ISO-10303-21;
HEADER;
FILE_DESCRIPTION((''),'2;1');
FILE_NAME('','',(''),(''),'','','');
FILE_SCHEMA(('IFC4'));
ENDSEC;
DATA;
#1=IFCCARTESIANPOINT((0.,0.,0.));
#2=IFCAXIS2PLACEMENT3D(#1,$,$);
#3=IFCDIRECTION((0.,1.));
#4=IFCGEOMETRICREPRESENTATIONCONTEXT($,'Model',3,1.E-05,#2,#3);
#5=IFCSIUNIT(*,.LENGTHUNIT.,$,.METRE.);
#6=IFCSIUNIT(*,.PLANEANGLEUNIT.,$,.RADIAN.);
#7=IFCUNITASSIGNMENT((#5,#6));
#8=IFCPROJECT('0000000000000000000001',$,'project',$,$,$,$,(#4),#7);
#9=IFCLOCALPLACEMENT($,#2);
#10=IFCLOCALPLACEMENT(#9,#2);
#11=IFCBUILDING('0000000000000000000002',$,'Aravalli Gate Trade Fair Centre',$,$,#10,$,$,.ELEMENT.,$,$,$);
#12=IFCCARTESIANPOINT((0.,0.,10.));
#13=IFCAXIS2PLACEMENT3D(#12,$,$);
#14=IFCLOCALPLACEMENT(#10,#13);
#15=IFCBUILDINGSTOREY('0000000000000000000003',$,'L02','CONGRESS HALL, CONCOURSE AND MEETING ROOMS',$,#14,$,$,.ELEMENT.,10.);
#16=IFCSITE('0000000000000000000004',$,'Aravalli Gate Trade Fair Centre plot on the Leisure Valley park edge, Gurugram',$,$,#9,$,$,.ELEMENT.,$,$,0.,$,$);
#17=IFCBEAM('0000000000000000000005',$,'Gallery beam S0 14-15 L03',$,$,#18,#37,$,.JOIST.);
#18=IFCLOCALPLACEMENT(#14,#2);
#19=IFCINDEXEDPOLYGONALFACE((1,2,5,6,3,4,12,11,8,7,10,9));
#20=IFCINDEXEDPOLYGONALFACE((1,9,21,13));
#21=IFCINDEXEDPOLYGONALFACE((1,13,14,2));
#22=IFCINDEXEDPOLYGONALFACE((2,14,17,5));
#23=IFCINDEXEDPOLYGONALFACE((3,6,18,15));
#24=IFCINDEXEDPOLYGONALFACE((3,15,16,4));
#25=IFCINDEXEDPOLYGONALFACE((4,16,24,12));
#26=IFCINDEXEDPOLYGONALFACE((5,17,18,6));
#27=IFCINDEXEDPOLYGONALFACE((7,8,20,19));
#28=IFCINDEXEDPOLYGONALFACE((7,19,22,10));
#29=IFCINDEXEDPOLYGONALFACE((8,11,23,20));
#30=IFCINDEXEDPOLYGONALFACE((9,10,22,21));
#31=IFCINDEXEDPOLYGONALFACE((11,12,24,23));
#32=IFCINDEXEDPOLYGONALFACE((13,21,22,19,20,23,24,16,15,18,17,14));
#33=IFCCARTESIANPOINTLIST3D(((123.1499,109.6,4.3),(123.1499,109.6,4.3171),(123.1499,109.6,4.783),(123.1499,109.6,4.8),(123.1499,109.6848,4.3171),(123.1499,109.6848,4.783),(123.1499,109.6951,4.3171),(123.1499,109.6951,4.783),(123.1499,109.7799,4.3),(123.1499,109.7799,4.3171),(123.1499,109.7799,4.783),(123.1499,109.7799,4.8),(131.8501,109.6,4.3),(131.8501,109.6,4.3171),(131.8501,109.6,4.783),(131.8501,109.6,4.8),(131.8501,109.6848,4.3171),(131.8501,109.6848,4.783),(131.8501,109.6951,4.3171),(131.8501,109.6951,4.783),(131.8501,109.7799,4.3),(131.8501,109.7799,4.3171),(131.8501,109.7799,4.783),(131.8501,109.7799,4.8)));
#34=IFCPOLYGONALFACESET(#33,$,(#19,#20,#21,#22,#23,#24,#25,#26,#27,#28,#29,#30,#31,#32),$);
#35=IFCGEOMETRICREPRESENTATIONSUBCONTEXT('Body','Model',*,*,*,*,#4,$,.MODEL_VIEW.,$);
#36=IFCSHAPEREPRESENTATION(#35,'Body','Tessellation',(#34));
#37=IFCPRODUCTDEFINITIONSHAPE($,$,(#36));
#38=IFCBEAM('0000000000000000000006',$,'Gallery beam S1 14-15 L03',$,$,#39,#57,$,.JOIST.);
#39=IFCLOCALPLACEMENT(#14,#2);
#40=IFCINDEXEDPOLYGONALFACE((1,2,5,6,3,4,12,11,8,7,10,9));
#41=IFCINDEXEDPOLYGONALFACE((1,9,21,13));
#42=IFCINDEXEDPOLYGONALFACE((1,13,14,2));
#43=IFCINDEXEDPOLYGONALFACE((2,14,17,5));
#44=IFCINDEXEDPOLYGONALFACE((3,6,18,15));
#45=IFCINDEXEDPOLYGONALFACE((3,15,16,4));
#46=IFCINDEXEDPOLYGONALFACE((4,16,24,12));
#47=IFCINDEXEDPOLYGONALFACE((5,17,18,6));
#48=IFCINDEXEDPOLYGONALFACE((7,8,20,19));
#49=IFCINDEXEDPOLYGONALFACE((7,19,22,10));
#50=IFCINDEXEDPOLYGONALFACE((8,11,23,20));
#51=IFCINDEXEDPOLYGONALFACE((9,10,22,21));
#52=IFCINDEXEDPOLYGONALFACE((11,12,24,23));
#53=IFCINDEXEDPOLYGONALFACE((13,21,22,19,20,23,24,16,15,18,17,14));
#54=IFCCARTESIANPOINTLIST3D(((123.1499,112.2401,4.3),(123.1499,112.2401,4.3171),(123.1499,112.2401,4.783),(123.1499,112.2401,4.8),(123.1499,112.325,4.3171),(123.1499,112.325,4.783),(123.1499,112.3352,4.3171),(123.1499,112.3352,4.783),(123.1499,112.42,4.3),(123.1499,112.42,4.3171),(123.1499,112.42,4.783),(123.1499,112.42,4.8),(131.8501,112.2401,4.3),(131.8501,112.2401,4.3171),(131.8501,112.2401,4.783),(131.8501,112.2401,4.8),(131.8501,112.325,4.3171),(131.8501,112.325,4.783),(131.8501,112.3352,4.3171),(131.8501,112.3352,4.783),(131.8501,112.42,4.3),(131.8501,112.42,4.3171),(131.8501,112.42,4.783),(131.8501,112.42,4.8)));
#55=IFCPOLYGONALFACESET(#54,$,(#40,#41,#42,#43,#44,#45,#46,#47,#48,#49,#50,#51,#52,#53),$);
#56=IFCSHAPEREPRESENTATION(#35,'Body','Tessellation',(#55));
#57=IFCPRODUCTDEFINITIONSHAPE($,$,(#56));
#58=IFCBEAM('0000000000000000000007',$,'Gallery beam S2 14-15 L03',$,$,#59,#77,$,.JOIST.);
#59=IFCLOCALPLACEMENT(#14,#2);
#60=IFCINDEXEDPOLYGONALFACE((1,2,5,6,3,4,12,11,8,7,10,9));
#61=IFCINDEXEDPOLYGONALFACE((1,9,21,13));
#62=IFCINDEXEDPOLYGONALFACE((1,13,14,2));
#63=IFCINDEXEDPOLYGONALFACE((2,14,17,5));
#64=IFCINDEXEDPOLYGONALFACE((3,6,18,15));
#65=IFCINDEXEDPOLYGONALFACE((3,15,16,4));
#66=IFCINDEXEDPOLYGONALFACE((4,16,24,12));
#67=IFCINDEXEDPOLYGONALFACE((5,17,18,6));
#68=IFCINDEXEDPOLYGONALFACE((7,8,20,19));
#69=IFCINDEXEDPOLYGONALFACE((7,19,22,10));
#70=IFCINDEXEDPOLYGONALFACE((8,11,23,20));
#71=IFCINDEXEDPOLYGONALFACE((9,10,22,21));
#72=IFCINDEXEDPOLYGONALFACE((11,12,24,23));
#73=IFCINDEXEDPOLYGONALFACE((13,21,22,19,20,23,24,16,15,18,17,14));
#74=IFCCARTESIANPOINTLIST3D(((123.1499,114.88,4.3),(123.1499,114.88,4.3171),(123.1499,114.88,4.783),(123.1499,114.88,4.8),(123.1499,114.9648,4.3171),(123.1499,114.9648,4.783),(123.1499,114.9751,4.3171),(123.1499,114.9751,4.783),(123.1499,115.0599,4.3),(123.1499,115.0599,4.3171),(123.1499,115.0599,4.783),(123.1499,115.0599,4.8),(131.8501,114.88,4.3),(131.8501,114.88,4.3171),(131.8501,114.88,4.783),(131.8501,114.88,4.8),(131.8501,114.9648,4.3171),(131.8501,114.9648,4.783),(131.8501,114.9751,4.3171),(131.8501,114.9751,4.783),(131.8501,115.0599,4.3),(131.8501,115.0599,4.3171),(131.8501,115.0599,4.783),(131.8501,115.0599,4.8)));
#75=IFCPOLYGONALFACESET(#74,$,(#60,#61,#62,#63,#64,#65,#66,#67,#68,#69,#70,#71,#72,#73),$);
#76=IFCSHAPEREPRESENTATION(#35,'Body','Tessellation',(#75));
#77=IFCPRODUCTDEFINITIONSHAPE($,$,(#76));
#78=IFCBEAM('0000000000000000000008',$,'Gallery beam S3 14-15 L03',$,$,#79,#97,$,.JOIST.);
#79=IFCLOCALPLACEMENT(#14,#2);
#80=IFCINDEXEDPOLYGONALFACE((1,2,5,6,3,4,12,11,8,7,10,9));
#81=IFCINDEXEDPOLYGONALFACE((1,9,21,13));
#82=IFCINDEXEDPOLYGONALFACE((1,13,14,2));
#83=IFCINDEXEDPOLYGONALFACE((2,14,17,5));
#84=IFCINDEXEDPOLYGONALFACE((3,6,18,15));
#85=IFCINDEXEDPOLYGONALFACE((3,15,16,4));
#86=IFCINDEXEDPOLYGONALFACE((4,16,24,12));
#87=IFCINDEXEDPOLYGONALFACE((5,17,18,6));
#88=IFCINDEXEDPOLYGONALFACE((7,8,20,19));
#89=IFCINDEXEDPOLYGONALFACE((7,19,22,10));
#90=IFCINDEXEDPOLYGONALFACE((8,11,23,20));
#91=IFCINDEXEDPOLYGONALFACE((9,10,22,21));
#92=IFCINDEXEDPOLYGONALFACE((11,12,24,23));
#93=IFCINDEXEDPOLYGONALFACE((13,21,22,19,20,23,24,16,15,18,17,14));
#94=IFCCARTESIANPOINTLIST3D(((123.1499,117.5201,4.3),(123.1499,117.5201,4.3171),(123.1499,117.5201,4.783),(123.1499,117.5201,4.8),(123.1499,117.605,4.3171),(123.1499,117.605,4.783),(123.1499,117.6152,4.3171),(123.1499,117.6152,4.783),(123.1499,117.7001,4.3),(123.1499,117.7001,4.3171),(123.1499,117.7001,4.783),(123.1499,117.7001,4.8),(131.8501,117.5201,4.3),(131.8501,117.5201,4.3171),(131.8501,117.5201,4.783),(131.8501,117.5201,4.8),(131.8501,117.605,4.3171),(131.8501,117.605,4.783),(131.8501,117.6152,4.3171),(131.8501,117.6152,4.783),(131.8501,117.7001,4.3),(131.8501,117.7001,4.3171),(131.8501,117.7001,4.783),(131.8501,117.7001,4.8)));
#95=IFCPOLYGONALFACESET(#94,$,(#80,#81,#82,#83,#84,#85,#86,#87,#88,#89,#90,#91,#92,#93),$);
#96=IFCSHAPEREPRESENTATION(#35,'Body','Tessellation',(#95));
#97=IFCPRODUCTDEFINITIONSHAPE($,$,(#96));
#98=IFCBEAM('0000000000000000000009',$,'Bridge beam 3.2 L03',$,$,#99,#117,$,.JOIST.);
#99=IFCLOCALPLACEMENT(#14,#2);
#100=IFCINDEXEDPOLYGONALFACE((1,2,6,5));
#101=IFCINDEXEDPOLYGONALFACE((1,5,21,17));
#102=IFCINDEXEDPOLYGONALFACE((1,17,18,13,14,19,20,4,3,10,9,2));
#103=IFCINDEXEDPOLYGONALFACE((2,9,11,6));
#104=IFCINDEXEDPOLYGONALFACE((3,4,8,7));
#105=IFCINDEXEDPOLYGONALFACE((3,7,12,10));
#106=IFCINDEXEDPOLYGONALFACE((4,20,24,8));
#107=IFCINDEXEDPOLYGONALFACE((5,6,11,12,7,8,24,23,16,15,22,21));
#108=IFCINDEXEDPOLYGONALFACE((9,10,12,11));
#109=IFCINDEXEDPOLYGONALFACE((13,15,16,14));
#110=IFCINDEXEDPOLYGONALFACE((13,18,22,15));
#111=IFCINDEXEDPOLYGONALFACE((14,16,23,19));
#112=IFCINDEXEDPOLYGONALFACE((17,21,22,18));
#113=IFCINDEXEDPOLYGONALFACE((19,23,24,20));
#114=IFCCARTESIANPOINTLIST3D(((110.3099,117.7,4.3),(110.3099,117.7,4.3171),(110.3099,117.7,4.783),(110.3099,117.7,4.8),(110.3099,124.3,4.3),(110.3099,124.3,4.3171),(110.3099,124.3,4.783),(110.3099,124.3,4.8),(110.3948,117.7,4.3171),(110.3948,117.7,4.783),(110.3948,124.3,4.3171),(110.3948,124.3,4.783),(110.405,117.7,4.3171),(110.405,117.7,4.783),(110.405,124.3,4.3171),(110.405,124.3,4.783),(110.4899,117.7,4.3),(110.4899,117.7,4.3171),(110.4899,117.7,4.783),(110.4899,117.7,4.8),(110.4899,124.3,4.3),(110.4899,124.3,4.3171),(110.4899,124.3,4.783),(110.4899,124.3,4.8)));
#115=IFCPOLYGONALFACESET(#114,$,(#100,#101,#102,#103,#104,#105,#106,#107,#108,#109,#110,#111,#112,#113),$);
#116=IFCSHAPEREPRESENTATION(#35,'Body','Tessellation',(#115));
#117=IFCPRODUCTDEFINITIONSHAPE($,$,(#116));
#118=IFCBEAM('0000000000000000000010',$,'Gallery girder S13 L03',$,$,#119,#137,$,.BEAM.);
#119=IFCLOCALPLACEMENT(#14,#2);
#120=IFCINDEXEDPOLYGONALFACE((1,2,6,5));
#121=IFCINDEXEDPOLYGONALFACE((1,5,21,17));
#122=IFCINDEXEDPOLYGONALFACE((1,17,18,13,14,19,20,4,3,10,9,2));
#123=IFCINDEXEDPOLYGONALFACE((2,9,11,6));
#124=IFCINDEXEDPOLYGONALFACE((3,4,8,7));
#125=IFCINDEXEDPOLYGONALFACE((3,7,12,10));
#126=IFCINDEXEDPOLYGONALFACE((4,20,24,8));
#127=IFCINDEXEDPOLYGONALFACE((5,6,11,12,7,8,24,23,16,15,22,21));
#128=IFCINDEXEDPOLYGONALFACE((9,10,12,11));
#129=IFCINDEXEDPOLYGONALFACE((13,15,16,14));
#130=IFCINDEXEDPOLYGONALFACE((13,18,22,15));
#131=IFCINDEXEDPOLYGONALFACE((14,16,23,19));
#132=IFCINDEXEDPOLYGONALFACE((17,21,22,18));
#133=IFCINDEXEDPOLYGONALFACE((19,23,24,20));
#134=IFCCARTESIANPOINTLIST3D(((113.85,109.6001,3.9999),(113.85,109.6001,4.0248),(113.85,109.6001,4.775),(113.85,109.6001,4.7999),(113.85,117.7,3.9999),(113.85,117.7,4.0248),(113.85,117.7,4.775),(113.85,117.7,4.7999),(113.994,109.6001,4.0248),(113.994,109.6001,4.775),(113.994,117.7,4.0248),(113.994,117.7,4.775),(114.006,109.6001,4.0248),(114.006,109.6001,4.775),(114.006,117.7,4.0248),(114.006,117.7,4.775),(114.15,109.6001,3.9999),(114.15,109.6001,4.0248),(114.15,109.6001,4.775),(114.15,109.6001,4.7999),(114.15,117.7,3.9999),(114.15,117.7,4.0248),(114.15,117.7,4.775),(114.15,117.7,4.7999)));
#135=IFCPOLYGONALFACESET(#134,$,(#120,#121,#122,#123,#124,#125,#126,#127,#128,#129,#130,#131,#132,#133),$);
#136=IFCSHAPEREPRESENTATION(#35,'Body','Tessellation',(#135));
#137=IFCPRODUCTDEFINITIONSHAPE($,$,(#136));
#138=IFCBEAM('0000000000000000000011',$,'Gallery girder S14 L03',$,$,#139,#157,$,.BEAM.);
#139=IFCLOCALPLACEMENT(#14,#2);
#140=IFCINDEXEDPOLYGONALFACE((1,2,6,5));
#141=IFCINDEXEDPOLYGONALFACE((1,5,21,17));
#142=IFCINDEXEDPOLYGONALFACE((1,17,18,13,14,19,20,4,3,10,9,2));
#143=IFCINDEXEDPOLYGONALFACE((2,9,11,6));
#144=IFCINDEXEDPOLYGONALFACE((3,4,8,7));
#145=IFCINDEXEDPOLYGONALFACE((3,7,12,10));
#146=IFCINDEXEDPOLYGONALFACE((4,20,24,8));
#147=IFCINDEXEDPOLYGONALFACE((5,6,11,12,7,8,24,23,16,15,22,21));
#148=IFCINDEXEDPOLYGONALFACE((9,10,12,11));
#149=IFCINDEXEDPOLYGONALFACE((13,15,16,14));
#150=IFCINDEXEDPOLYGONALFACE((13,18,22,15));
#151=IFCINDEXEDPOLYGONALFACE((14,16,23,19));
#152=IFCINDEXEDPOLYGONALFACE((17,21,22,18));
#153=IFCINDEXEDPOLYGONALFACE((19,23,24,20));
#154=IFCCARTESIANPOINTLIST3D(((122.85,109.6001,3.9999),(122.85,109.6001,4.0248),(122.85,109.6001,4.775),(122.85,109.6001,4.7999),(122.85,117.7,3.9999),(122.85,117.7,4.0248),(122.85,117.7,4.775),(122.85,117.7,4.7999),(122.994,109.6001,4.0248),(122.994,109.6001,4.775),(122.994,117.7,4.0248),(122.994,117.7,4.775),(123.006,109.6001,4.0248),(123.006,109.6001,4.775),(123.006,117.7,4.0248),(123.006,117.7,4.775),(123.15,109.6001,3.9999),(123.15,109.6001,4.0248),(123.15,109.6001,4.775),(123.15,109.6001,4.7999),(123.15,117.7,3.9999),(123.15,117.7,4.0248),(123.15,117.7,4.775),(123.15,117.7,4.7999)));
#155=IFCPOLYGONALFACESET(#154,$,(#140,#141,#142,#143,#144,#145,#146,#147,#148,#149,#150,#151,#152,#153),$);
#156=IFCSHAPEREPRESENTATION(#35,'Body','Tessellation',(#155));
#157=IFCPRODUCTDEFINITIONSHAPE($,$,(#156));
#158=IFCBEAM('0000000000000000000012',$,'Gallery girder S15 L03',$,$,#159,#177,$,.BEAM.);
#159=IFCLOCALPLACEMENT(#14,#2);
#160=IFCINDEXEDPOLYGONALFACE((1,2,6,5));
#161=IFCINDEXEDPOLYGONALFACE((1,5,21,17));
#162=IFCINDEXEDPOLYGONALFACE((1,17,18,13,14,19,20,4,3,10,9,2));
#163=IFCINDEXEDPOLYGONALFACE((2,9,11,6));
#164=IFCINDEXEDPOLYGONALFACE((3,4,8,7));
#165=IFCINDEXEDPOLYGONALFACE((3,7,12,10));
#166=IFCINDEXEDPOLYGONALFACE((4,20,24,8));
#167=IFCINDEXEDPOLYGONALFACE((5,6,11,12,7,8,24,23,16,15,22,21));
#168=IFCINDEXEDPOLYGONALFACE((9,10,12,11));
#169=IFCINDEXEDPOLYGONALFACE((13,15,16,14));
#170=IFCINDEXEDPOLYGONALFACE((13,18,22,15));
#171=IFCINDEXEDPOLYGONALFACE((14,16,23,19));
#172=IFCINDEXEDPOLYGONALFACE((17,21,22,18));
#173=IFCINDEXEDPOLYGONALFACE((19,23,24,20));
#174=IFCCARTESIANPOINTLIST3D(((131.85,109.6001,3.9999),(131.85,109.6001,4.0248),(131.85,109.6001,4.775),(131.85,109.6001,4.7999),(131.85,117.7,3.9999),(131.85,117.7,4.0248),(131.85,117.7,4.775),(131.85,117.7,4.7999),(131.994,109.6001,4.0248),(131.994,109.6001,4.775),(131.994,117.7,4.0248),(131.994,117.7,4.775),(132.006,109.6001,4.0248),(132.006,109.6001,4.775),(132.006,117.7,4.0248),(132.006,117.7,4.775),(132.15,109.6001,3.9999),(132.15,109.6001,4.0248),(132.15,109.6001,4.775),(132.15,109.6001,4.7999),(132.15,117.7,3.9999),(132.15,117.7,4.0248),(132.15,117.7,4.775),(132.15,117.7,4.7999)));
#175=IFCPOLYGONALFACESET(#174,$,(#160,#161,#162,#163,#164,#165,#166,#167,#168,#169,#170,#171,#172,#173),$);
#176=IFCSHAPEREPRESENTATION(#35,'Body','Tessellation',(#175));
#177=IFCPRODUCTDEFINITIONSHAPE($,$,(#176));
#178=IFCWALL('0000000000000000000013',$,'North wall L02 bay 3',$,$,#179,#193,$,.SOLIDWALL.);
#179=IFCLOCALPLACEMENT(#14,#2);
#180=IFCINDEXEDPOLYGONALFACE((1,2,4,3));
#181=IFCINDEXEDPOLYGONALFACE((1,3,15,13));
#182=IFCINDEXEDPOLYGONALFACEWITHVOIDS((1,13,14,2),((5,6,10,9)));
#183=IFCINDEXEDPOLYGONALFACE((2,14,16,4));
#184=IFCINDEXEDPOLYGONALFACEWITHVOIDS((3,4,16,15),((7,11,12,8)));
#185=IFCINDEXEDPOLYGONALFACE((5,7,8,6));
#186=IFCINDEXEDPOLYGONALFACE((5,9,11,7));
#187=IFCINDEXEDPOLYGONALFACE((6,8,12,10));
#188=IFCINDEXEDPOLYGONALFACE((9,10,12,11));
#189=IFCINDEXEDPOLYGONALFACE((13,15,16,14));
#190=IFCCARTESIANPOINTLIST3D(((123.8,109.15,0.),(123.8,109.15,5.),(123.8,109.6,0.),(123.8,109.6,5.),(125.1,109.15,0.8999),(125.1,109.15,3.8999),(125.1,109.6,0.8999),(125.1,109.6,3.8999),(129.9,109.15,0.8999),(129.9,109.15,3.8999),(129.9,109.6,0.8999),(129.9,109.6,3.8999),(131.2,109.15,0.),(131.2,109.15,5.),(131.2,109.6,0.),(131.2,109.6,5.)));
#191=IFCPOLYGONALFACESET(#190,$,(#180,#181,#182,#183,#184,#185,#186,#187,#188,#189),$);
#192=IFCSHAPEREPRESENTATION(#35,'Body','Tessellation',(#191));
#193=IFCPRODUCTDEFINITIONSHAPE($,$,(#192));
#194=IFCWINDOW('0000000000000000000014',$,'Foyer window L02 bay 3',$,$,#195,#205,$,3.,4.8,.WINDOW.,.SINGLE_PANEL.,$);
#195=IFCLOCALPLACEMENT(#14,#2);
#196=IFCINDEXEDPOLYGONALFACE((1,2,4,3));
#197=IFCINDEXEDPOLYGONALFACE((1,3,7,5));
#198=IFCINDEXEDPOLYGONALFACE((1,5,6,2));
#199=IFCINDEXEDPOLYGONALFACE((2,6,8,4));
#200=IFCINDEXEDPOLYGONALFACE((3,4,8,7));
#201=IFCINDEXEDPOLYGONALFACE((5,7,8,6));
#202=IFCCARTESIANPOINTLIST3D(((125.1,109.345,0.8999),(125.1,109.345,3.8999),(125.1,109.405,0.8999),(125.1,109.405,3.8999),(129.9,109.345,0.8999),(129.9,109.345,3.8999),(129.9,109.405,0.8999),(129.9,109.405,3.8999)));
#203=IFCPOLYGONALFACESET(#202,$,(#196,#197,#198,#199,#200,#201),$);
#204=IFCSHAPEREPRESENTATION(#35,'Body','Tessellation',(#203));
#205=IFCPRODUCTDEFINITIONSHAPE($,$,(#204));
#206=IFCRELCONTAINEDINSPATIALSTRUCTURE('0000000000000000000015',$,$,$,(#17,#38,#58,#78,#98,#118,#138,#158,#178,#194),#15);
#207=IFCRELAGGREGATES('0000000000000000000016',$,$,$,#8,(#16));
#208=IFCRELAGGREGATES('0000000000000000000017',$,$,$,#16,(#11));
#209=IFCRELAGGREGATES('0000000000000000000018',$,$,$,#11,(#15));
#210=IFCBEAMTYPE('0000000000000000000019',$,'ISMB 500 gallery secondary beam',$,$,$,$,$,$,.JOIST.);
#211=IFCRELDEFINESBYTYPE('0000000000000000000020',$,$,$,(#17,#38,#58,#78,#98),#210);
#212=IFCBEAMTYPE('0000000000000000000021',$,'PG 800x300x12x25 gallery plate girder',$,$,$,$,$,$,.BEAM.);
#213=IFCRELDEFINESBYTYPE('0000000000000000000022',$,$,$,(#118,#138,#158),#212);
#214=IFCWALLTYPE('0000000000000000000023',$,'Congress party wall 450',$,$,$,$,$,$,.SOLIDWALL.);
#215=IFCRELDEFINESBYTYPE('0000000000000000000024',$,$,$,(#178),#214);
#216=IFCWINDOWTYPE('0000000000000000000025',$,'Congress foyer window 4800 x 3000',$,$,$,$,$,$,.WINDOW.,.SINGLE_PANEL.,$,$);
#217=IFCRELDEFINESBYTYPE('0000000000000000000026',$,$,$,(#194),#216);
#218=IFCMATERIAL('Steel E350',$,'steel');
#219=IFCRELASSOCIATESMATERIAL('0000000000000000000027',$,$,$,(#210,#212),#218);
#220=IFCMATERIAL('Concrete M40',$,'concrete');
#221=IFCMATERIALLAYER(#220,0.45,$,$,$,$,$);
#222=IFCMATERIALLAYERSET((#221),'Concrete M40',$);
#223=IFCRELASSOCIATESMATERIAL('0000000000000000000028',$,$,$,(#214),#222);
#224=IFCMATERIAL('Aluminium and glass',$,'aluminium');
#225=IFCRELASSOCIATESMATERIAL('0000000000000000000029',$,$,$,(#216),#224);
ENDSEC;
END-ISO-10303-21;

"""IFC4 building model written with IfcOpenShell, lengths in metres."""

from ifc_helpers import new_model, si_unit, direction, frame, frame_2d, origin, origin_2d, place, context, subcontext, project, spatial, rectangle, i_section, extrude, material, layer, layer_set, material_profile, profile_set, type_object, element, fill, save


model = new_model("IFC4")

# Units and contexts
model_context = context("Model", 3, precision=1e-05, world=origin(), true_north=direction((0.0, 1.0)))
body_context = subcontext(model_context, "Body", "Model", "MODEL_VIEW")
ifc_project = project(units=[si_unit("LENGTHUNIT", "METRE"), si_unit("PLANEANGLEUNIT", "RADIAN")], contexts=[model_context])

# Site, building, storey
site_placement = place(None, origin())
site = spatial("IfcSite", under=ifc_project, at=site_placement, Name="Aravalli Gate Trade Fair Centre plot on the Leisure Valley park edge, Gurugram", CompositionType="ELEMENT", RefElevation=0.0)
building_placement = place(site_placement, origin())
building = spatial("IfcBuilding", under=site, at=building_placement, Name="Aravalli Gate Trade Fair Centre", CompositionType="ELEMENT")
storey_placement = place(building_placement, frame((0.0, 0.0, 10.0)))
storey = spatial("IfcBuildingStorey", under=building, at=storey_placement, Name="L02", Description="CONGRESS HALL, CONCOURSE AND MEETING ROOMS", CompositionType="ELEMENT", Elevation=10.0)

# Beams
ifc_material_1 = material(Name="Steel E350", Category="steel")
ifc_material_profile_1 = material_profile(ifc_material_1, i_section(OverallWidth=0.1799, OverallDepth=0.5, WebThickness=0.0103, FlangeThickness=0.0171, at=origin_2d()), Name="ISMB 500")
ifc_profile_set_1 = profile_set([ifc_material_profile_1], Name="Steel E350")
beam_type_1 = type_object("IfcBeamType", Name="ISMB 500 gallery secondary beam", PredefinedType="JOIST", material=ifc_profile_set_1)
for number, where, z_axis, x_axis, name in (
    (1, (123.1499, 109.6899, 4.55), (1.0, 0.0, 0.0), (0.0, 1.0, 0.0), "Gallery beam S0 14-15 L03"),
    (2, (123.1499, 112.3301, 4.55), (1.0, 0.0, 0.0), (0.0, 1.0, 0.0), "Gallery beam S1 14-15 L03"),
    (3, (123.1499, 114.97, 4.55), (1.0, 0.0, 0.0), (0.0, 1.0, 0.0), "Gallery beam S2 14-15 L03"),
    (4, (123.1499, 117.6101, 4.55), (1.0, 0.0, 0.0), (0.0, 1.0, 0.0), "Gallery beam S3 14-15 L03"),
):
    element("IfcBeam", number, at=place(storey_placement, frame(where, z_axis=z_axis, x_axis=x_axis)), inside=storey, type_object=beam_type_1, Name=name, PredefinedType="JOIST", context=body_context, shape_type="SweptSolid", body=[
        extrude(i_section(OverallWidth=0.1799, OverallDepth=0.5, WebThickness=0.0103, FlangeThickness=0.0171, at=origin_2d()), origin(), (0.0, 0.0, 1.0), 8.7002),
    ])
beam_1_placement = place(storey_placement, frame((110.3999, 117.7, 4.55), z_axis=(0.0, 1.0, 0.0), x_axis=(-1.0, 0.0, 0.0)))
element("IfcBeam", 5, at=beam_1_placement, inside=storey, type_object=beam_type_1, Name="Bridge beam 3.2 L03", PredefinedType="JOIST", context=body_context, shape_type="SweptSolid", body=[
    extrude(i_section(OverallWidth=0.1799, OverallDepth=0.5, WebThickness=0.0103, FlangeThickness=0.0171, at=origin_2d()), origin(), (0.0, 0.0, 1.0), 6.6001),
])
ifc_material_profile_2 = material_profile(ifc_material_1, i_section(OverallWidth=0.3, OverallDepth=0.8, WebThickness=0.012, FlangeThickness=0.0249, at=origin_2d()), Name="PG 800x300x12x25")
ifc_profile_set_2 = profile_set([ifc_material_profile_2], Name="Steel E350")
beam_type_2 = type_object("IfcBeamType", Name="PG 800x300x12x25 gallery plate girder", PredefinedType="BEAM", material=ifc_profile_set_2)
for number, where, z_axis, x_axis, name in (
    (6, (114.0, 109.6001, 4.3999), (0.0, 1.0, 0.0), (-1.0, 0.0, 0.0), "Gallery girder S13 L03"),
    (7, (123.0, 109.6001, 4.3999), (0.0, 1.0, 0.0), (-1.0, 0.0, 0.0), "Gallery girder S14 L03"),
    (8, (132.0, 109.6001, 4.3999), (0.0, 1.0, 0.0), (-1.0, 0.0, 0.0), "Gallery girder S15 L03"),
):
    element("IfcBeam", number, at=place(storey_placement, frame(where, z_axis=z_axis, x_axis=x_axis)), inside=storey, type_object=beam_type_2, Name=name, PredefinedType="BEAM", context=body_context, shape_type="SweptSolid", body=[
        extrude(i_section(OverallWidth=0.3, OverallDepth=0.8, WebThickness=0.012, FlangeThickness=0.0249, at=origin_2d()), origin(), (0.0, 0.0, 1.0), 8.0999),
    ])

# Shared definitions
ifc_material_2 = material(Name="Concrete M40", Category="concrete")
ifc_layer = layer(ifc_material_2, 0.45)
ifc_layer_set = layer_set([ifc_layer], Name="Concrete M40")
wall_type = type_object("IfcWallType", Name="Congress party wall 450", PredefinedType="SOLIDWALL", material=ifc_layer_set)
ifc_material_3 = material(Name="Aluminium and glass", Category="aluminium")

# Wall, opening, window
wall_1_placement = place(storey_placement, frame((123.8, 109.375, 0.0), z_axis=(0.0, 0.0, 1.0), x_axis=(1.0, 0.0, 0.0)))
wall_1 = element("IfcWall", 9, at=wall_1_placement, inside=storey, type_object=wall_type, Name="North wall L02 bay 3", PredefinedType="SOLIDWALL", context=body_context, shape_type="SweptSolid", body=[
    extrude(rectangle(XDim=7.3999, YDim=0.45, at=frame_2d((3.7, 0.0))), origin(), (0.0, 0.0, 1.0), 5.0),
])
opening_1_placement = place(wall_1_placement, frame((1.3, 0.0, 0.8999)))
opening_1 = element("IfcOpeningElement", 10, at=opening_1_placement, cuts=wall_1, PredefinedType="OPENING", context=body_context, shape_type="SweptSolid", body=[
    extrude(rectangle(XDim=4.8, YDim=3.0, at=frame_2d((2.3999, 1.5))), frame((0.0, 0.2349, 0.0), z_axis=(0.0, -1.0, 0.0), x_axis=(1.0, 0.0, 0.0)), (0.0, 0.0, 1.0), 0.47),
])
window_type = type_object("IfcWindowType", Name="Congress foyer window 4800 x 3000", PartitioningType="SINGLE_PANEL", PredefinedType="WINDOW", material=ifc_material_3)
window_placement = place(opening_1_placement, origin())
window = element("IfcWindow", 11, at=window_placement, inside=storey, type_object=window_type, Name="Foyer window L02 bay 3", OverallHeight=3.0, OverallWidth=4.8, PartitioningType="SINGLE_PANEL", PredefinedType="WINDOW", context=body_context, shape_type="SweptSolid", body=[
    extrude(rectangle(XDim=4.8, YDim=3.0, at=frame_2d((2.3999, 1.5))), frame((0.0, 0.03, 0.0), z_axis=(0.0, -1.0, 0.0), x_axis=(1.0, 0.0, 0.0)), (0.0, 0.0, 1.0), 0.0601),
])
fill(opening_1, window)

save(model, "model.ifc")
